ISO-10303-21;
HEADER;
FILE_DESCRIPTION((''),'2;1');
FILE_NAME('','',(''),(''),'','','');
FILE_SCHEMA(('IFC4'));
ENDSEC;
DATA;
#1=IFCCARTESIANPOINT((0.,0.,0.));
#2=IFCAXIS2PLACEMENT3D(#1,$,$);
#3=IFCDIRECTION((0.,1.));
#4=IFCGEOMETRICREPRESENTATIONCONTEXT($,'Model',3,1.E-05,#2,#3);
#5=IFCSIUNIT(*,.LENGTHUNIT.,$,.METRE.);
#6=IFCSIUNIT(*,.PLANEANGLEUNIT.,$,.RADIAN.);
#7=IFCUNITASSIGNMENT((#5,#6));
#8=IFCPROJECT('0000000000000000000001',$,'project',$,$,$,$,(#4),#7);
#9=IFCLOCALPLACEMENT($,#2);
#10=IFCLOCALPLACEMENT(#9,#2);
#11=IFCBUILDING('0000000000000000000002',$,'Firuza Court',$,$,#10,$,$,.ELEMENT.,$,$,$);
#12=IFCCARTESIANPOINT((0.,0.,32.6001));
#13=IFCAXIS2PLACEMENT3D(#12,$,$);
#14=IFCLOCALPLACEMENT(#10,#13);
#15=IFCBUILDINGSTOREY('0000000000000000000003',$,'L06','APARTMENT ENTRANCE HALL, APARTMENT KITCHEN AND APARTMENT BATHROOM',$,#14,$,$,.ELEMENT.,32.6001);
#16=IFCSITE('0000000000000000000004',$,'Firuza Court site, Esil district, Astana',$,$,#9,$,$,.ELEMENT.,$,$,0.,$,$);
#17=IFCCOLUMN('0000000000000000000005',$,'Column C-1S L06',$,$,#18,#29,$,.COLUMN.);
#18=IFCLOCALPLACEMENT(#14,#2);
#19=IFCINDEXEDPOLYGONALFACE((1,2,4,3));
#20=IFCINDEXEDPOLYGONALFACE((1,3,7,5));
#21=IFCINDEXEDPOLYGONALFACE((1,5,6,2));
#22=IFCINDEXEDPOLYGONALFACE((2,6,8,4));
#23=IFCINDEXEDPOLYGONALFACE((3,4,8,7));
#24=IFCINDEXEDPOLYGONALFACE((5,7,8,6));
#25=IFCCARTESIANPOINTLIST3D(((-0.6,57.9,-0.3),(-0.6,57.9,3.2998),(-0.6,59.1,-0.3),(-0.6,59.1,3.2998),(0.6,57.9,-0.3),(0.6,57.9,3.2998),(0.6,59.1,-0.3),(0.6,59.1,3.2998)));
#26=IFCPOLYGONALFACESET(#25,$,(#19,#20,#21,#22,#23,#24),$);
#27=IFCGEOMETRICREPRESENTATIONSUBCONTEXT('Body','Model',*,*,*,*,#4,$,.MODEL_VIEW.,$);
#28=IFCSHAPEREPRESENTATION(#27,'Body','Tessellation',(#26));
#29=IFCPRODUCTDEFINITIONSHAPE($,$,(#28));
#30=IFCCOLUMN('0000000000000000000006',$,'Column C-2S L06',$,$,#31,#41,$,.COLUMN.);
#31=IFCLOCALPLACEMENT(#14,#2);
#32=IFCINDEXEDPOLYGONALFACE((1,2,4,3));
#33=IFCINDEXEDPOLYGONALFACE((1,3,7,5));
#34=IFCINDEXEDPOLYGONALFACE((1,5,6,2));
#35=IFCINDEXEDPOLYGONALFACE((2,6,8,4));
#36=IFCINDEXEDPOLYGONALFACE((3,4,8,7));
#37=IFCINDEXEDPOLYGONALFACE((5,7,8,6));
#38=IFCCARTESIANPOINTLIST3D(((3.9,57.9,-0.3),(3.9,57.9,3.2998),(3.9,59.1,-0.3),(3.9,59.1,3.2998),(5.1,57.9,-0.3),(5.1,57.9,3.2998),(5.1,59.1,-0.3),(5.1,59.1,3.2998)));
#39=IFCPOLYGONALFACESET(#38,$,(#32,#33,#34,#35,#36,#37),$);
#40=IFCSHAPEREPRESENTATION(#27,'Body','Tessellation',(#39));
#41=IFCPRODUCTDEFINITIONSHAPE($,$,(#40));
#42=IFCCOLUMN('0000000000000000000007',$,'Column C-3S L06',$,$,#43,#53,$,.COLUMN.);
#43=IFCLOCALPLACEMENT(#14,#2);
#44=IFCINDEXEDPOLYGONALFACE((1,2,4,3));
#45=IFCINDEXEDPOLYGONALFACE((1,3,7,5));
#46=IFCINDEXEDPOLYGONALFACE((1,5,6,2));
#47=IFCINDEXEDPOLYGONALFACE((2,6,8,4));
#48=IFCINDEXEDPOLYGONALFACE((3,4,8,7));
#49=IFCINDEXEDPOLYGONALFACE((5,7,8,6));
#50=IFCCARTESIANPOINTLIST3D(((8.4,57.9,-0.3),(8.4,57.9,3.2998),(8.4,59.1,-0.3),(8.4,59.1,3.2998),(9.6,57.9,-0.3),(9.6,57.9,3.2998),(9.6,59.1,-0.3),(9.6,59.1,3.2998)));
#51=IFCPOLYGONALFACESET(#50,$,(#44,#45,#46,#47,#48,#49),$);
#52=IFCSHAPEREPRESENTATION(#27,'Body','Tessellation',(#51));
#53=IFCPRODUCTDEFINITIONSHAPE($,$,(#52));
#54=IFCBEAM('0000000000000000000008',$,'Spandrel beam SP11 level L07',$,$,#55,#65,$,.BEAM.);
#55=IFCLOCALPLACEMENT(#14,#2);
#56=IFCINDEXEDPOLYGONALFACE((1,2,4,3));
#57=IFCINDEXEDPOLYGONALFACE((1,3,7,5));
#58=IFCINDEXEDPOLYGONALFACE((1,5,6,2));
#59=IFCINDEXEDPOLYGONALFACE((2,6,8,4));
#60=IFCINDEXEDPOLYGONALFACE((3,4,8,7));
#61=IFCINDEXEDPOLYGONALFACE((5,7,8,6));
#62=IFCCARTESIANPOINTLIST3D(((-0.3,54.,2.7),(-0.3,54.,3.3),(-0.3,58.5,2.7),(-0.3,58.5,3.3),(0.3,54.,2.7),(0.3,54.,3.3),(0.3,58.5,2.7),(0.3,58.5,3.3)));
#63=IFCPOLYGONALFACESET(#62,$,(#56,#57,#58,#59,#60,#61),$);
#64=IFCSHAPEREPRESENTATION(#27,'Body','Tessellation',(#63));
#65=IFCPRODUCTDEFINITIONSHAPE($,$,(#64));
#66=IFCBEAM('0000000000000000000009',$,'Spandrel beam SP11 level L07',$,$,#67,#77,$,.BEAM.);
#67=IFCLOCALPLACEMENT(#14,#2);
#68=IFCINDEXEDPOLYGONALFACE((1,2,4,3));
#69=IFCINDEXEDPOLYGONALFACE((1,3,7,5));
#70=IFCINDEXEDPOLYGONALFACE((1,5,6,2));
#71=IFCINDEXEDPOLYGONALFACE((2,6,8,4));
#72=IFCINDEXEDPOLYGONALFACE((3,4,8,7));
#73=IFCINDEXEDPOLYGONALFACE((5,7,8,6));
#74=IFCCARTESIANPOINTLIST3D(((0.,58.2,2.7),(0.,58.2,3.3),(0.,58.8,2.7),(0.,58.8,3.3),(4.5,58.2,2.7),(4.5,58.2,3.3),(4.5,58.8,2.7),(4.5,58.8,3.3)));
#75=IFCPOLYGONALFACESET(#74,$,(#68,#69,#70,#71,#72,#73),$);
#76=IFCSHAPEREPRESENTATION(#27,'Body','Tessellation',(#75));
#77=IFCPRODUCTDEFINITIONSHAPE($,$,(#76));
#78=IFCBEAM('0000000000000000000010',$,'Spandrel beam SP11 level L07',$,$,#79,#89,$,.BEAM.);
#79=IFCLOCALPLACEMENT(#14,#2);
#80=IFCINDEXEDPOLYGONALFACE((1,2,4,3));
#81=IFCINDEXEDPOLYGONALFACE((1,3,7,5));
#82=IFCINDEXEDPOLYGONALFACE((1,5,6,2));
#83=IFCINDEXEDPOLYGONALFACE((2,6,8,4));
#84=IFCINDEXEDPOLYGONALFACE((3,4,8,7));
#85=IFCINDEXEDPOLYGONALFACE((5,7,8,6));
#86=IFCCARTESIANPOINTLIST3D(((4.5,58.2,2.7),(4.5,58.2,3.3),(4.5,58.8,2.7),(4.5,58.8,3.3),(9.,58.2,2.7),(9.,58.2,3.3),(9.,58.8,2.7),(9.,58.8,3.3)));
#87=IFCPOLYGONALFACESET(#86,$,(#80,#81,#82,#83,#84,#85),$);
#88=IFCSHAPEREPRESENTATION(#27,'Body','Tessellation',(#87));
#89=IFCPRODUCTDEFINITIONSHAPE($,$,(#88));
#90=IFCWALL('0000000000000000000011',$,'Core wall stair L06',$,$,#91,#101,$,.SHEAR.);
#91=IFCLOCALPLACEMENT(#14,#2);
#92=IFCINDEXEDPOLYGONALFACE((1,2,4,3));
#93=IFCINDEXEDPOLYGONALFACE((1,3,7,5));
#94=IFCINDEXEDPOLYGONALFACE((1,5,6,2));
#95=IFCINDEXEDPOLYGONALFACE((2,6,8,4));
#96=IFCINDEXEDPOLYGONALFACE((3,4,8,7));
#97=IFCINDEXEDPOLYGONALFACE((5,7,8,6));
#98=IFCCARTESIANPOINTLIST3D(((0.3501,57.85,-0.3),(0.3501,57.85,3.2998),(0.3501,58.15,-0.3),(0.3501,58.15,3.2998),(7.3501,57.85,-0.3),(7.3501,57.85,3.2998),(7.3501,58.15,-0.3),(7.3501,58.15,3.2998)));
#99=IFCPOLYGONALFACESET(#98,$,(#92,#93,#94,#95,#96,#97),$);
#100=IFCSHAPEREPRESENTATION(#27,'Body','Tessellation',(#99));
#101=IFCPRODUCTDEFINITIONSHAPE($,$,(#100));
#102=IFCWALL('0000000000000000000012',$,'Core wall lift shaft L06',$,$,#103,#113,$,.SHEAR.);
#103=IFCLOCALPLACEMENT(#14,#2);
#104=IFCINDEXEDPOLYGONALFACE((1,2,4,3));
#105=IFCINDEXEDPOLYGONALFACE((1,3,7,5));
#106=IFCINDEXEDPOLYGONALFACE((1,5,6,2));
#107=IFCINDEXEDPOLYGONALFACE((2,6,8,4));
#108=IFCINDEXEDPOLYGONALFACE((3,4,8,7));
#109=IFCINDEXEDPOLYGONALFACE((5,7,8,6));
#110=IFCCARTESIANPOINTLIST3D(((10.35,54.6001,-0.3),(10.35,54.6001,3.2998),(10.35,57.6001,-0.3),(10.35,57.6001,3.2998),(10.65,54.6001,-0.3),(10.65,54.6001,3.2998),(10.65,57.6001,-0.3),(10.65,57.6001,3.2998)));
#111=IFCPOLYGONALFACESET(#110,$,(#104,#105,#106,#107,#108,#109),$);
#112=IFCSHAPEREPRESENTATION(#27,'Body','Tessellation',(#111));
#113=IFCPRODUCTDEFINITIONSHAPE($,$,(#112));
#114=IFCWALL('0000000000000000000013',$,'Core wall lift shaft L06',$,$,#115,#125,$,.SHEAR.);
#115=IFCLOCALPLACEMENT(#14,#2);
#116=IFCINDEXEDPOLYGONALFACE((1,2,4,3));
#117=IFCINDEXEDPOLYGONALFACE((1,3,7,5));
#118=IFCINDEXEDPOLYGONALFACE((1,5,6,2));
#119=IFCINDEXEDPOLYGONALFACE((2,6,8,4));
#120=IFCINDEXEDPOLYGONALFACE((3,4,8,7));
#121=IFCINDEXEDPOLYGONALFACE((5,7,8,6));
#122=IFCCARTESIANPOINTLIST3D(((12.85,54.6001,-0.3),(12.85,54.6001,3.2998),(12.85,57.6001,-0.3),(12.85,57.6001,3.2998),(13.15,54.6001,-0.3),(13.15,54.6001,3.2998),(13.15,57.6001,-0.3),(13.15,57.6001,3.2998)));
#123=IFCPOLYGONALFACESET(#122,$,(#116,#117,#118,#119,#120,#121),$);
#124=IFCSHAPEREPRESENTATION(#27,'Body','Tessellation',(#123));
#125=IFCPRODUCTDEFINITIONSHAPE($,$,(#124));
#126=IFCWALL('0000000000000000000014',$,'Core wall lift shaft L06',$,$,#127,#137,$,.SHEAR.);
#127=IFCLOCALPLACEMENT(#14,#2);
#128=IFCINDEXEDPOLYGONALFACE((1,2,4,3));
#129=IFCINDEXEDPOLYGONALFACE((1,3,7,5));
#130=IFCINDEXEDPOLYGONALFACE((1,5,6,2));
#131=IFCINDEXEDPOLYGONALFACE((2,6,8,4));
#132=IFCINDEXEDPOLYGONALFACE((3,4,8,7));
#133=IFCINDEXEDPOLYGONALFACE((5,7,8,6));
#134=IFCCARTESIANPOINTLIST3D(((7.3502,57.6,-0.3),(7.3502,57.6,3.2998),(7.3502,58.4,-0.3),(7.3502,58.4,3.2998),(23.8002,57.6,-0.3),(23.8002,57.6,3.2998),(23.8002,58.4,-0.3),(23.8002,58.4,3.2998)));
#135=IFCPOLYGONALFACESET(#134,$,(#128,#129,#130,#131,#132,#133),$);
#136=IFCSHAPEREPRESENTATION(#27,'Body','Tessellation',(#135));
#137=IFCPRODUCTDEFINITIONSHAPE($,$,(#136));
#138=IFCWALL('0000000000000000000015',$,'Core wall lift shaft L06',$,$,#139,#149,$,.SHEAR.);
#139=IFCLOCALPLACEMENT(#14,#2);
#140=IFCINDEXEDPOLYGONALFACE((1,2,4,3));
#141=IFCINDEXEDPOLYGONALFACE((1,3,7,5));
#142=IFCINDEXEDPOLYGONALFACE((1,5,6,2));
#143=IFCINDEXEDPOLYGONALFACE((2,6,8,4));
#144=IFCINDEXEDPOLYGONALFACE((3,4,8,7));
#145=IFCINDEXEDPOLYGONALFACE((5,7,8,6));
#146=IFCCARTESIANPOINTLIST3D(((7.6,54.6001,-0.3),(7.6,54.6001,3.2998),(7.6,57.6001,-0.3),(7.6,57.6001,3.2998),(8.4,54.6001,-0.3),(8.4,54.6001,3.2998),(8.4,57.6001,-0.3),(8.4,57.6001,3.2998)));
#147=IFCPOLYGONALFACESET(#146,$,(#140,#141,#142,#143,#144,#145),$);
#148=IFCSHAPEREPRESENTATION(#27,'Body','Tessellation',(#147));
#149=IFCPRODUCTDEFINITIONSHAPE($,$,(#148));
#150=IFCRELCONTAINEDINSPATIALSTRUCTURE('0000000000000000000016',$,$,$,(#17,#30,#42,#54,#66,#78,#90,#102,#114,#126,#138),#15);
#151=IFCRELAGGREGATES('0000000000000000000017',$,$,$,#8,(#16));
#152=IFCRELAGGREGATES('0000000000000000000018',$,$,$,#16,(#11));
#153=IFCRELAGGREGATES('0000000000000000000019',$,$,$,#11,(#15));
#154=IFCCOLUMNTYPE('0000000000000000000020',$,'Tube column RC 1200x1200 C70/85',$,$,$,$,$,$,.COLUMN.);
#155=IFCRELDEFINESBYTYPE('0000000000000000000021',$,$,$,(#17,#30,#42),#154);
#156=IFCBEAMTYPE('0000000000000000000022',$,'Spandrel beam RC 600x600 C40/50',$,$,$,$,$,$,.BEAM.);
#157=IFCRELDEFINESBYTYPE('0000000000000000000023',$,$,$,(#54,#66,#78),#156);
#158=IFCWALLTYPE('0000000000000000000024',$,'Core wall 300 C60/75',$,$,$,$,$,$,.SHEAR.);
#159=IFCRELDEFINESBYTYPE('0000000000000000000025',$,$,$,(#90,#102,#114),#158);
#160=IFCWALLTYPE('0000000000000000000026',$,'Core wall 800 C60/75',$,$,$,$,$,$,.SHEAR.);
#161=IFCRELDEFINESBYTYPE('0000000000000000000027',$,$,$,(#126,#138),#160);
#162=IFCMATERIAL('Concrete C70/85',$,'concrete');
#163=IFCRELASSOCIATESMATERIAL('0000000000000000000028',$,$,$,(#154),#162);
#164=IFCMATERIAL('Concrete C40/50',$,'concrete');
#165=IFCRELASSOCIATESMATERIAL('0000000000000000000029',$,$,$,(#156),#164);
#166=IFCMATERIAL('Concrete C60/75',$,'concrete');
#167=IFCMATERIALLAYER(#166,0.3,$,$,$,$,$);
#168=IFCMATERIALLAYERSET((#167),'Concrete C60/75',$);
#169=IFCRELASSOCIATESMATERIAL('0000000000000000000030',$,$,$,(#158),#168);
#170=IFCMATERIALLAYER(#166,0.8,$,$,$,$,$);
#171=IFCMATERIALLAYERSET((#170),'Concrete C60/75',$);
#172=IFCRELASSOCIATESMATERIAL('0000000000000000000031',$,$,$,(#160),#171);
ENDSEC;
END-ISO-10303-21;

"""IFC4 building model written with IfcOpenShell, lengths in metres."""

from ifc_helpers import new_model, si_unit, direction, frame, frame_2d, origin, origin_2d, place, context, subcontext, project, spatial, rectangle, extrude, material, layer, layer_set, material_profile, profile_set, type_object, element, save


model = new_model("IFC4")

# Units and contexts
model_context = context("Model", 3, precision=1e-05, world=origin(), true_north=direction((0.0, 1.0)))
body_context = subcontext(model_context, "Body", "Model", "MODEL_VIEW")
ifc_project = project(units=[si_unit("LENGTHUNIT", "METRE"), si_unit("PLANEANGLEUNIT", "RADIAN")], contexts=[model_context])

# Site, building, storey
site_placement = place(None, origin())
site = spatial("IfcSite", under=ifc_project, at=site_placement, Name="Firuza Court site, Esil district, Astana", CompositionType="ELEMENT", RefElevation=0.0)
building_placement = place(site_placement, origin())
building = spatial("IfcBuilding", under=site, at=building_placement, Name="Firuza Court", CompositionType="ELEMENT")
storey_placement = place(building_placement, frame((0.0, 0.0, 32.6001)))
storey = spatial("IfcBuildingStorey", under=building, at=storey_placement, Name="L06", Description="APARTMENT ENTRANCE HALL, APARTMENT KITCHEN AND APARTMENT BATHROOM", CompositionType="ELEMENT", Elevation=32.6001)

# Columns
ifc_material_1 = material(Name="Concrete C70/85", Category="concrete")
ifc_material_profile_1 = material_profile(ifc_material_1, rectangle(XDim=1.2, YDim=1.2, at=origin_2d()), Name="RC 1200x1200")
ifc_profile_set_1 = profile_set([ifc_material_profile_1], Name="Concrete C70/85")
column_type = type_object("IfcColumnType", Name="Tube column RC 1200x1200 C70/85", PredefinedType="COLUMN", material=ifc_profile_set_1)
for number, where, z_axis, x_axis, name in (
    (1, (0.0, 58.5, -0.3), (0.0, 0.0, 1.0), (1.0, 0.0, 0.0), "Column C-1S L06"),
    (2, (4.5, 58.5, -0.3), (0.0, 0.0, 1.0), (1.0, 0.0, 0.0), "Column C-2S L06"),
    (3, (9.0, 58.5, -0.3), (0.0, 0.0, 1.0), (1.0, 0.0, 0.0), "Column C-3S L06"),
):
    element("IfcColumn", number, at=place(storey_placement, frame(where, z_axis=z_axis, x_axis=x_axis)), inside=storey, type_object=column_type, Name=name, PredefinedType="COLUMN", context=body_context, shape_type="SweptSolid", body=[
        extrude(rectangle(XDim=1.2, YDim=1.2, at=origin_2d()), origin(), (0.0, 0.0, 1.0), 3.5999),
    ])

# Beams
ifc_material_2 = material(Name="Concrete C40/50", Category="concrete")
ifc_material_profile_2 = material_profile(ifc_material_2, rectangle(XDim=0.6001, YDim=0.6001, at=origin_2d()), Name="RC 600x600")
ifc_profile_set_2 = profile_set([ifc_material_profile_2], Name="Concrete C40/50")
beam_type = type_object("IfcBeamType", Name="Spandrel beam RC 600x600 C40/50", PredefinedType="BEAM", material=ifc_profile_set_2)
for number, where, z_axis, x_axis, name in (
    (4, (0.0, 58.5, 3.0), (0.0, -1.0, 0.0), (1.0, 0.0, 0.0), "Spandrel beam SP11 level L07"),
    (5, (4.5, 58.5, 3.0), (-1.0, 0.0, 0.0), (0.0, -1.0, 0.0), "Spandrel beam SP11 level L07"),
    (6, (9.0, 58.5, 3.0), (-1.0, 0.0, 0.0), (0.0, -1.0, 0.0), "Spandrel beam SP11 level L07"),
):
    element("IfcBeam", number, at=place(storey_placement, frame(where, z_axis=z_axis, x_axis=x_axis)), inside=storey, type_object=beam_type, Name=name, PredefinedType="BEAM", context=body_context, shape_type="SweptSolid", body=[
        extrude(rectangle(XDim=0.6001, YDim=0.6001, at=origin_2d()), origin(), (0.0, 0.0, 1.0), 4.5),
    ])

# Walls
ifc_material_3 = material(Name="Concrete C60/75", Category="concrete")
ifc_layer_1 = layer(ifc_material_3, 0.3)
ifc_layer_set_1 = layer_set([ifc_layer_1], Name="Concrete C60/75")
wall_type_1 = type_object("IfcWallType", Name="Core wall 300 C60/75", PredefinedType="SHEAR", material=ifc_layer_set_1)
wall_1_placement = place(storey_placement, frame((0.3501, 58.0, -0.3), z_axis=(0.0, 0.0, 1.0), x_axis=(1.0, 0.0, 0.0)))
element("IfcWall", 7, at=wall_1_placement, inside=storey, type_object=wall_type_1, Name="Core wall stair L06", PredefinedType="SHEAR", context=body_context, shape_type="SweptSolid", body=[
    extrude(rectangle(XDim=7.0, YDim=0.3, at=frame_2d((3.5, 0.0))), origin(), (0.0, 0.0, 1.0), 3.5999),
])
for number, where, z_axis, x_axis, name in (
    (8, (10.5, 54.6001, -0.3), (0.0, 0.0, 1.0), (0.0, 1.0, 0.0), "Core wall lift shaft L06"),
    (9, (13.0, 54.6001, -0.3), (0.0, 0.0, 1.0), (0.0, 1.0, 0.0), "Core wall lift shaft L06"),
):
    element("IfcWall", number, at=place(storey_placement, frame(where, z_axis=z_axis, x_axis=x_axis)), inside=storey, type_object=wall_type_1, Name=name, PredefinedType="SHEAR", context=body_context, shape_type="SweptSolid", body=[
        extrude(rectangle(XDim=3.0, YDim=0.3, at=frame_2d((1.5, 0.0))), origin(), (0.0, 0.0, 1.0), 3.5999),
    ])
ifc_layer_2 = layer(ifc_material_3, 0.8)
ifc_layer_set_2 = layer_set([ifc_layer_2], Name="Concrete C60/75")
wall_type_2 = type_object("IfcWallType", Name="Core wall 800 C60/75", PredefinedType="SHEAR", material=ifc_layer_set_2)
wall_2_placement = place(storey_placement, frame((7.3501, 58.0, -0.3), z_axis=(0.0, 0.0, 1.0), x_axis=(1.0, 0.0, 0.0)))
element("IfcWall", 10, at=wall_2_placement, inside=storey, type_object=wall_type_2, Name="Core wall lift shaft L06", PredefinedType="SHEAR", context=body_context, shape_type="SweptSolid", body=[
    extrude(rectangle(XDim=16.45, YDim=0.8, at=frame_2d((8.2251, 0.0))), origin(), (0.0, 0.0, 1.0), 3.5999),
])
wall_3_placement = place(storey_placement, frame((8.0, 54.6001, -0.3), z_axis=(0.0, 0.0, 1.0), x_axis=(0.0, 1.0, 0.0)))
element("IfcWall", 11, at=wall_3_placement, inside=storey, type_object=wall_type_2, Name="Core wall lift shaft L06", PredefinedType="SHEAR", context=body_context, shape_type="SweptSolid", body=[
    extrude(rectangle(XDim=3.0, YDim=0.8, at=frame_2d((1.5, 0.0))), origin(), (0.0, 0.0, 1.0), 3.5999),
])

save(model, "model.ifc")
